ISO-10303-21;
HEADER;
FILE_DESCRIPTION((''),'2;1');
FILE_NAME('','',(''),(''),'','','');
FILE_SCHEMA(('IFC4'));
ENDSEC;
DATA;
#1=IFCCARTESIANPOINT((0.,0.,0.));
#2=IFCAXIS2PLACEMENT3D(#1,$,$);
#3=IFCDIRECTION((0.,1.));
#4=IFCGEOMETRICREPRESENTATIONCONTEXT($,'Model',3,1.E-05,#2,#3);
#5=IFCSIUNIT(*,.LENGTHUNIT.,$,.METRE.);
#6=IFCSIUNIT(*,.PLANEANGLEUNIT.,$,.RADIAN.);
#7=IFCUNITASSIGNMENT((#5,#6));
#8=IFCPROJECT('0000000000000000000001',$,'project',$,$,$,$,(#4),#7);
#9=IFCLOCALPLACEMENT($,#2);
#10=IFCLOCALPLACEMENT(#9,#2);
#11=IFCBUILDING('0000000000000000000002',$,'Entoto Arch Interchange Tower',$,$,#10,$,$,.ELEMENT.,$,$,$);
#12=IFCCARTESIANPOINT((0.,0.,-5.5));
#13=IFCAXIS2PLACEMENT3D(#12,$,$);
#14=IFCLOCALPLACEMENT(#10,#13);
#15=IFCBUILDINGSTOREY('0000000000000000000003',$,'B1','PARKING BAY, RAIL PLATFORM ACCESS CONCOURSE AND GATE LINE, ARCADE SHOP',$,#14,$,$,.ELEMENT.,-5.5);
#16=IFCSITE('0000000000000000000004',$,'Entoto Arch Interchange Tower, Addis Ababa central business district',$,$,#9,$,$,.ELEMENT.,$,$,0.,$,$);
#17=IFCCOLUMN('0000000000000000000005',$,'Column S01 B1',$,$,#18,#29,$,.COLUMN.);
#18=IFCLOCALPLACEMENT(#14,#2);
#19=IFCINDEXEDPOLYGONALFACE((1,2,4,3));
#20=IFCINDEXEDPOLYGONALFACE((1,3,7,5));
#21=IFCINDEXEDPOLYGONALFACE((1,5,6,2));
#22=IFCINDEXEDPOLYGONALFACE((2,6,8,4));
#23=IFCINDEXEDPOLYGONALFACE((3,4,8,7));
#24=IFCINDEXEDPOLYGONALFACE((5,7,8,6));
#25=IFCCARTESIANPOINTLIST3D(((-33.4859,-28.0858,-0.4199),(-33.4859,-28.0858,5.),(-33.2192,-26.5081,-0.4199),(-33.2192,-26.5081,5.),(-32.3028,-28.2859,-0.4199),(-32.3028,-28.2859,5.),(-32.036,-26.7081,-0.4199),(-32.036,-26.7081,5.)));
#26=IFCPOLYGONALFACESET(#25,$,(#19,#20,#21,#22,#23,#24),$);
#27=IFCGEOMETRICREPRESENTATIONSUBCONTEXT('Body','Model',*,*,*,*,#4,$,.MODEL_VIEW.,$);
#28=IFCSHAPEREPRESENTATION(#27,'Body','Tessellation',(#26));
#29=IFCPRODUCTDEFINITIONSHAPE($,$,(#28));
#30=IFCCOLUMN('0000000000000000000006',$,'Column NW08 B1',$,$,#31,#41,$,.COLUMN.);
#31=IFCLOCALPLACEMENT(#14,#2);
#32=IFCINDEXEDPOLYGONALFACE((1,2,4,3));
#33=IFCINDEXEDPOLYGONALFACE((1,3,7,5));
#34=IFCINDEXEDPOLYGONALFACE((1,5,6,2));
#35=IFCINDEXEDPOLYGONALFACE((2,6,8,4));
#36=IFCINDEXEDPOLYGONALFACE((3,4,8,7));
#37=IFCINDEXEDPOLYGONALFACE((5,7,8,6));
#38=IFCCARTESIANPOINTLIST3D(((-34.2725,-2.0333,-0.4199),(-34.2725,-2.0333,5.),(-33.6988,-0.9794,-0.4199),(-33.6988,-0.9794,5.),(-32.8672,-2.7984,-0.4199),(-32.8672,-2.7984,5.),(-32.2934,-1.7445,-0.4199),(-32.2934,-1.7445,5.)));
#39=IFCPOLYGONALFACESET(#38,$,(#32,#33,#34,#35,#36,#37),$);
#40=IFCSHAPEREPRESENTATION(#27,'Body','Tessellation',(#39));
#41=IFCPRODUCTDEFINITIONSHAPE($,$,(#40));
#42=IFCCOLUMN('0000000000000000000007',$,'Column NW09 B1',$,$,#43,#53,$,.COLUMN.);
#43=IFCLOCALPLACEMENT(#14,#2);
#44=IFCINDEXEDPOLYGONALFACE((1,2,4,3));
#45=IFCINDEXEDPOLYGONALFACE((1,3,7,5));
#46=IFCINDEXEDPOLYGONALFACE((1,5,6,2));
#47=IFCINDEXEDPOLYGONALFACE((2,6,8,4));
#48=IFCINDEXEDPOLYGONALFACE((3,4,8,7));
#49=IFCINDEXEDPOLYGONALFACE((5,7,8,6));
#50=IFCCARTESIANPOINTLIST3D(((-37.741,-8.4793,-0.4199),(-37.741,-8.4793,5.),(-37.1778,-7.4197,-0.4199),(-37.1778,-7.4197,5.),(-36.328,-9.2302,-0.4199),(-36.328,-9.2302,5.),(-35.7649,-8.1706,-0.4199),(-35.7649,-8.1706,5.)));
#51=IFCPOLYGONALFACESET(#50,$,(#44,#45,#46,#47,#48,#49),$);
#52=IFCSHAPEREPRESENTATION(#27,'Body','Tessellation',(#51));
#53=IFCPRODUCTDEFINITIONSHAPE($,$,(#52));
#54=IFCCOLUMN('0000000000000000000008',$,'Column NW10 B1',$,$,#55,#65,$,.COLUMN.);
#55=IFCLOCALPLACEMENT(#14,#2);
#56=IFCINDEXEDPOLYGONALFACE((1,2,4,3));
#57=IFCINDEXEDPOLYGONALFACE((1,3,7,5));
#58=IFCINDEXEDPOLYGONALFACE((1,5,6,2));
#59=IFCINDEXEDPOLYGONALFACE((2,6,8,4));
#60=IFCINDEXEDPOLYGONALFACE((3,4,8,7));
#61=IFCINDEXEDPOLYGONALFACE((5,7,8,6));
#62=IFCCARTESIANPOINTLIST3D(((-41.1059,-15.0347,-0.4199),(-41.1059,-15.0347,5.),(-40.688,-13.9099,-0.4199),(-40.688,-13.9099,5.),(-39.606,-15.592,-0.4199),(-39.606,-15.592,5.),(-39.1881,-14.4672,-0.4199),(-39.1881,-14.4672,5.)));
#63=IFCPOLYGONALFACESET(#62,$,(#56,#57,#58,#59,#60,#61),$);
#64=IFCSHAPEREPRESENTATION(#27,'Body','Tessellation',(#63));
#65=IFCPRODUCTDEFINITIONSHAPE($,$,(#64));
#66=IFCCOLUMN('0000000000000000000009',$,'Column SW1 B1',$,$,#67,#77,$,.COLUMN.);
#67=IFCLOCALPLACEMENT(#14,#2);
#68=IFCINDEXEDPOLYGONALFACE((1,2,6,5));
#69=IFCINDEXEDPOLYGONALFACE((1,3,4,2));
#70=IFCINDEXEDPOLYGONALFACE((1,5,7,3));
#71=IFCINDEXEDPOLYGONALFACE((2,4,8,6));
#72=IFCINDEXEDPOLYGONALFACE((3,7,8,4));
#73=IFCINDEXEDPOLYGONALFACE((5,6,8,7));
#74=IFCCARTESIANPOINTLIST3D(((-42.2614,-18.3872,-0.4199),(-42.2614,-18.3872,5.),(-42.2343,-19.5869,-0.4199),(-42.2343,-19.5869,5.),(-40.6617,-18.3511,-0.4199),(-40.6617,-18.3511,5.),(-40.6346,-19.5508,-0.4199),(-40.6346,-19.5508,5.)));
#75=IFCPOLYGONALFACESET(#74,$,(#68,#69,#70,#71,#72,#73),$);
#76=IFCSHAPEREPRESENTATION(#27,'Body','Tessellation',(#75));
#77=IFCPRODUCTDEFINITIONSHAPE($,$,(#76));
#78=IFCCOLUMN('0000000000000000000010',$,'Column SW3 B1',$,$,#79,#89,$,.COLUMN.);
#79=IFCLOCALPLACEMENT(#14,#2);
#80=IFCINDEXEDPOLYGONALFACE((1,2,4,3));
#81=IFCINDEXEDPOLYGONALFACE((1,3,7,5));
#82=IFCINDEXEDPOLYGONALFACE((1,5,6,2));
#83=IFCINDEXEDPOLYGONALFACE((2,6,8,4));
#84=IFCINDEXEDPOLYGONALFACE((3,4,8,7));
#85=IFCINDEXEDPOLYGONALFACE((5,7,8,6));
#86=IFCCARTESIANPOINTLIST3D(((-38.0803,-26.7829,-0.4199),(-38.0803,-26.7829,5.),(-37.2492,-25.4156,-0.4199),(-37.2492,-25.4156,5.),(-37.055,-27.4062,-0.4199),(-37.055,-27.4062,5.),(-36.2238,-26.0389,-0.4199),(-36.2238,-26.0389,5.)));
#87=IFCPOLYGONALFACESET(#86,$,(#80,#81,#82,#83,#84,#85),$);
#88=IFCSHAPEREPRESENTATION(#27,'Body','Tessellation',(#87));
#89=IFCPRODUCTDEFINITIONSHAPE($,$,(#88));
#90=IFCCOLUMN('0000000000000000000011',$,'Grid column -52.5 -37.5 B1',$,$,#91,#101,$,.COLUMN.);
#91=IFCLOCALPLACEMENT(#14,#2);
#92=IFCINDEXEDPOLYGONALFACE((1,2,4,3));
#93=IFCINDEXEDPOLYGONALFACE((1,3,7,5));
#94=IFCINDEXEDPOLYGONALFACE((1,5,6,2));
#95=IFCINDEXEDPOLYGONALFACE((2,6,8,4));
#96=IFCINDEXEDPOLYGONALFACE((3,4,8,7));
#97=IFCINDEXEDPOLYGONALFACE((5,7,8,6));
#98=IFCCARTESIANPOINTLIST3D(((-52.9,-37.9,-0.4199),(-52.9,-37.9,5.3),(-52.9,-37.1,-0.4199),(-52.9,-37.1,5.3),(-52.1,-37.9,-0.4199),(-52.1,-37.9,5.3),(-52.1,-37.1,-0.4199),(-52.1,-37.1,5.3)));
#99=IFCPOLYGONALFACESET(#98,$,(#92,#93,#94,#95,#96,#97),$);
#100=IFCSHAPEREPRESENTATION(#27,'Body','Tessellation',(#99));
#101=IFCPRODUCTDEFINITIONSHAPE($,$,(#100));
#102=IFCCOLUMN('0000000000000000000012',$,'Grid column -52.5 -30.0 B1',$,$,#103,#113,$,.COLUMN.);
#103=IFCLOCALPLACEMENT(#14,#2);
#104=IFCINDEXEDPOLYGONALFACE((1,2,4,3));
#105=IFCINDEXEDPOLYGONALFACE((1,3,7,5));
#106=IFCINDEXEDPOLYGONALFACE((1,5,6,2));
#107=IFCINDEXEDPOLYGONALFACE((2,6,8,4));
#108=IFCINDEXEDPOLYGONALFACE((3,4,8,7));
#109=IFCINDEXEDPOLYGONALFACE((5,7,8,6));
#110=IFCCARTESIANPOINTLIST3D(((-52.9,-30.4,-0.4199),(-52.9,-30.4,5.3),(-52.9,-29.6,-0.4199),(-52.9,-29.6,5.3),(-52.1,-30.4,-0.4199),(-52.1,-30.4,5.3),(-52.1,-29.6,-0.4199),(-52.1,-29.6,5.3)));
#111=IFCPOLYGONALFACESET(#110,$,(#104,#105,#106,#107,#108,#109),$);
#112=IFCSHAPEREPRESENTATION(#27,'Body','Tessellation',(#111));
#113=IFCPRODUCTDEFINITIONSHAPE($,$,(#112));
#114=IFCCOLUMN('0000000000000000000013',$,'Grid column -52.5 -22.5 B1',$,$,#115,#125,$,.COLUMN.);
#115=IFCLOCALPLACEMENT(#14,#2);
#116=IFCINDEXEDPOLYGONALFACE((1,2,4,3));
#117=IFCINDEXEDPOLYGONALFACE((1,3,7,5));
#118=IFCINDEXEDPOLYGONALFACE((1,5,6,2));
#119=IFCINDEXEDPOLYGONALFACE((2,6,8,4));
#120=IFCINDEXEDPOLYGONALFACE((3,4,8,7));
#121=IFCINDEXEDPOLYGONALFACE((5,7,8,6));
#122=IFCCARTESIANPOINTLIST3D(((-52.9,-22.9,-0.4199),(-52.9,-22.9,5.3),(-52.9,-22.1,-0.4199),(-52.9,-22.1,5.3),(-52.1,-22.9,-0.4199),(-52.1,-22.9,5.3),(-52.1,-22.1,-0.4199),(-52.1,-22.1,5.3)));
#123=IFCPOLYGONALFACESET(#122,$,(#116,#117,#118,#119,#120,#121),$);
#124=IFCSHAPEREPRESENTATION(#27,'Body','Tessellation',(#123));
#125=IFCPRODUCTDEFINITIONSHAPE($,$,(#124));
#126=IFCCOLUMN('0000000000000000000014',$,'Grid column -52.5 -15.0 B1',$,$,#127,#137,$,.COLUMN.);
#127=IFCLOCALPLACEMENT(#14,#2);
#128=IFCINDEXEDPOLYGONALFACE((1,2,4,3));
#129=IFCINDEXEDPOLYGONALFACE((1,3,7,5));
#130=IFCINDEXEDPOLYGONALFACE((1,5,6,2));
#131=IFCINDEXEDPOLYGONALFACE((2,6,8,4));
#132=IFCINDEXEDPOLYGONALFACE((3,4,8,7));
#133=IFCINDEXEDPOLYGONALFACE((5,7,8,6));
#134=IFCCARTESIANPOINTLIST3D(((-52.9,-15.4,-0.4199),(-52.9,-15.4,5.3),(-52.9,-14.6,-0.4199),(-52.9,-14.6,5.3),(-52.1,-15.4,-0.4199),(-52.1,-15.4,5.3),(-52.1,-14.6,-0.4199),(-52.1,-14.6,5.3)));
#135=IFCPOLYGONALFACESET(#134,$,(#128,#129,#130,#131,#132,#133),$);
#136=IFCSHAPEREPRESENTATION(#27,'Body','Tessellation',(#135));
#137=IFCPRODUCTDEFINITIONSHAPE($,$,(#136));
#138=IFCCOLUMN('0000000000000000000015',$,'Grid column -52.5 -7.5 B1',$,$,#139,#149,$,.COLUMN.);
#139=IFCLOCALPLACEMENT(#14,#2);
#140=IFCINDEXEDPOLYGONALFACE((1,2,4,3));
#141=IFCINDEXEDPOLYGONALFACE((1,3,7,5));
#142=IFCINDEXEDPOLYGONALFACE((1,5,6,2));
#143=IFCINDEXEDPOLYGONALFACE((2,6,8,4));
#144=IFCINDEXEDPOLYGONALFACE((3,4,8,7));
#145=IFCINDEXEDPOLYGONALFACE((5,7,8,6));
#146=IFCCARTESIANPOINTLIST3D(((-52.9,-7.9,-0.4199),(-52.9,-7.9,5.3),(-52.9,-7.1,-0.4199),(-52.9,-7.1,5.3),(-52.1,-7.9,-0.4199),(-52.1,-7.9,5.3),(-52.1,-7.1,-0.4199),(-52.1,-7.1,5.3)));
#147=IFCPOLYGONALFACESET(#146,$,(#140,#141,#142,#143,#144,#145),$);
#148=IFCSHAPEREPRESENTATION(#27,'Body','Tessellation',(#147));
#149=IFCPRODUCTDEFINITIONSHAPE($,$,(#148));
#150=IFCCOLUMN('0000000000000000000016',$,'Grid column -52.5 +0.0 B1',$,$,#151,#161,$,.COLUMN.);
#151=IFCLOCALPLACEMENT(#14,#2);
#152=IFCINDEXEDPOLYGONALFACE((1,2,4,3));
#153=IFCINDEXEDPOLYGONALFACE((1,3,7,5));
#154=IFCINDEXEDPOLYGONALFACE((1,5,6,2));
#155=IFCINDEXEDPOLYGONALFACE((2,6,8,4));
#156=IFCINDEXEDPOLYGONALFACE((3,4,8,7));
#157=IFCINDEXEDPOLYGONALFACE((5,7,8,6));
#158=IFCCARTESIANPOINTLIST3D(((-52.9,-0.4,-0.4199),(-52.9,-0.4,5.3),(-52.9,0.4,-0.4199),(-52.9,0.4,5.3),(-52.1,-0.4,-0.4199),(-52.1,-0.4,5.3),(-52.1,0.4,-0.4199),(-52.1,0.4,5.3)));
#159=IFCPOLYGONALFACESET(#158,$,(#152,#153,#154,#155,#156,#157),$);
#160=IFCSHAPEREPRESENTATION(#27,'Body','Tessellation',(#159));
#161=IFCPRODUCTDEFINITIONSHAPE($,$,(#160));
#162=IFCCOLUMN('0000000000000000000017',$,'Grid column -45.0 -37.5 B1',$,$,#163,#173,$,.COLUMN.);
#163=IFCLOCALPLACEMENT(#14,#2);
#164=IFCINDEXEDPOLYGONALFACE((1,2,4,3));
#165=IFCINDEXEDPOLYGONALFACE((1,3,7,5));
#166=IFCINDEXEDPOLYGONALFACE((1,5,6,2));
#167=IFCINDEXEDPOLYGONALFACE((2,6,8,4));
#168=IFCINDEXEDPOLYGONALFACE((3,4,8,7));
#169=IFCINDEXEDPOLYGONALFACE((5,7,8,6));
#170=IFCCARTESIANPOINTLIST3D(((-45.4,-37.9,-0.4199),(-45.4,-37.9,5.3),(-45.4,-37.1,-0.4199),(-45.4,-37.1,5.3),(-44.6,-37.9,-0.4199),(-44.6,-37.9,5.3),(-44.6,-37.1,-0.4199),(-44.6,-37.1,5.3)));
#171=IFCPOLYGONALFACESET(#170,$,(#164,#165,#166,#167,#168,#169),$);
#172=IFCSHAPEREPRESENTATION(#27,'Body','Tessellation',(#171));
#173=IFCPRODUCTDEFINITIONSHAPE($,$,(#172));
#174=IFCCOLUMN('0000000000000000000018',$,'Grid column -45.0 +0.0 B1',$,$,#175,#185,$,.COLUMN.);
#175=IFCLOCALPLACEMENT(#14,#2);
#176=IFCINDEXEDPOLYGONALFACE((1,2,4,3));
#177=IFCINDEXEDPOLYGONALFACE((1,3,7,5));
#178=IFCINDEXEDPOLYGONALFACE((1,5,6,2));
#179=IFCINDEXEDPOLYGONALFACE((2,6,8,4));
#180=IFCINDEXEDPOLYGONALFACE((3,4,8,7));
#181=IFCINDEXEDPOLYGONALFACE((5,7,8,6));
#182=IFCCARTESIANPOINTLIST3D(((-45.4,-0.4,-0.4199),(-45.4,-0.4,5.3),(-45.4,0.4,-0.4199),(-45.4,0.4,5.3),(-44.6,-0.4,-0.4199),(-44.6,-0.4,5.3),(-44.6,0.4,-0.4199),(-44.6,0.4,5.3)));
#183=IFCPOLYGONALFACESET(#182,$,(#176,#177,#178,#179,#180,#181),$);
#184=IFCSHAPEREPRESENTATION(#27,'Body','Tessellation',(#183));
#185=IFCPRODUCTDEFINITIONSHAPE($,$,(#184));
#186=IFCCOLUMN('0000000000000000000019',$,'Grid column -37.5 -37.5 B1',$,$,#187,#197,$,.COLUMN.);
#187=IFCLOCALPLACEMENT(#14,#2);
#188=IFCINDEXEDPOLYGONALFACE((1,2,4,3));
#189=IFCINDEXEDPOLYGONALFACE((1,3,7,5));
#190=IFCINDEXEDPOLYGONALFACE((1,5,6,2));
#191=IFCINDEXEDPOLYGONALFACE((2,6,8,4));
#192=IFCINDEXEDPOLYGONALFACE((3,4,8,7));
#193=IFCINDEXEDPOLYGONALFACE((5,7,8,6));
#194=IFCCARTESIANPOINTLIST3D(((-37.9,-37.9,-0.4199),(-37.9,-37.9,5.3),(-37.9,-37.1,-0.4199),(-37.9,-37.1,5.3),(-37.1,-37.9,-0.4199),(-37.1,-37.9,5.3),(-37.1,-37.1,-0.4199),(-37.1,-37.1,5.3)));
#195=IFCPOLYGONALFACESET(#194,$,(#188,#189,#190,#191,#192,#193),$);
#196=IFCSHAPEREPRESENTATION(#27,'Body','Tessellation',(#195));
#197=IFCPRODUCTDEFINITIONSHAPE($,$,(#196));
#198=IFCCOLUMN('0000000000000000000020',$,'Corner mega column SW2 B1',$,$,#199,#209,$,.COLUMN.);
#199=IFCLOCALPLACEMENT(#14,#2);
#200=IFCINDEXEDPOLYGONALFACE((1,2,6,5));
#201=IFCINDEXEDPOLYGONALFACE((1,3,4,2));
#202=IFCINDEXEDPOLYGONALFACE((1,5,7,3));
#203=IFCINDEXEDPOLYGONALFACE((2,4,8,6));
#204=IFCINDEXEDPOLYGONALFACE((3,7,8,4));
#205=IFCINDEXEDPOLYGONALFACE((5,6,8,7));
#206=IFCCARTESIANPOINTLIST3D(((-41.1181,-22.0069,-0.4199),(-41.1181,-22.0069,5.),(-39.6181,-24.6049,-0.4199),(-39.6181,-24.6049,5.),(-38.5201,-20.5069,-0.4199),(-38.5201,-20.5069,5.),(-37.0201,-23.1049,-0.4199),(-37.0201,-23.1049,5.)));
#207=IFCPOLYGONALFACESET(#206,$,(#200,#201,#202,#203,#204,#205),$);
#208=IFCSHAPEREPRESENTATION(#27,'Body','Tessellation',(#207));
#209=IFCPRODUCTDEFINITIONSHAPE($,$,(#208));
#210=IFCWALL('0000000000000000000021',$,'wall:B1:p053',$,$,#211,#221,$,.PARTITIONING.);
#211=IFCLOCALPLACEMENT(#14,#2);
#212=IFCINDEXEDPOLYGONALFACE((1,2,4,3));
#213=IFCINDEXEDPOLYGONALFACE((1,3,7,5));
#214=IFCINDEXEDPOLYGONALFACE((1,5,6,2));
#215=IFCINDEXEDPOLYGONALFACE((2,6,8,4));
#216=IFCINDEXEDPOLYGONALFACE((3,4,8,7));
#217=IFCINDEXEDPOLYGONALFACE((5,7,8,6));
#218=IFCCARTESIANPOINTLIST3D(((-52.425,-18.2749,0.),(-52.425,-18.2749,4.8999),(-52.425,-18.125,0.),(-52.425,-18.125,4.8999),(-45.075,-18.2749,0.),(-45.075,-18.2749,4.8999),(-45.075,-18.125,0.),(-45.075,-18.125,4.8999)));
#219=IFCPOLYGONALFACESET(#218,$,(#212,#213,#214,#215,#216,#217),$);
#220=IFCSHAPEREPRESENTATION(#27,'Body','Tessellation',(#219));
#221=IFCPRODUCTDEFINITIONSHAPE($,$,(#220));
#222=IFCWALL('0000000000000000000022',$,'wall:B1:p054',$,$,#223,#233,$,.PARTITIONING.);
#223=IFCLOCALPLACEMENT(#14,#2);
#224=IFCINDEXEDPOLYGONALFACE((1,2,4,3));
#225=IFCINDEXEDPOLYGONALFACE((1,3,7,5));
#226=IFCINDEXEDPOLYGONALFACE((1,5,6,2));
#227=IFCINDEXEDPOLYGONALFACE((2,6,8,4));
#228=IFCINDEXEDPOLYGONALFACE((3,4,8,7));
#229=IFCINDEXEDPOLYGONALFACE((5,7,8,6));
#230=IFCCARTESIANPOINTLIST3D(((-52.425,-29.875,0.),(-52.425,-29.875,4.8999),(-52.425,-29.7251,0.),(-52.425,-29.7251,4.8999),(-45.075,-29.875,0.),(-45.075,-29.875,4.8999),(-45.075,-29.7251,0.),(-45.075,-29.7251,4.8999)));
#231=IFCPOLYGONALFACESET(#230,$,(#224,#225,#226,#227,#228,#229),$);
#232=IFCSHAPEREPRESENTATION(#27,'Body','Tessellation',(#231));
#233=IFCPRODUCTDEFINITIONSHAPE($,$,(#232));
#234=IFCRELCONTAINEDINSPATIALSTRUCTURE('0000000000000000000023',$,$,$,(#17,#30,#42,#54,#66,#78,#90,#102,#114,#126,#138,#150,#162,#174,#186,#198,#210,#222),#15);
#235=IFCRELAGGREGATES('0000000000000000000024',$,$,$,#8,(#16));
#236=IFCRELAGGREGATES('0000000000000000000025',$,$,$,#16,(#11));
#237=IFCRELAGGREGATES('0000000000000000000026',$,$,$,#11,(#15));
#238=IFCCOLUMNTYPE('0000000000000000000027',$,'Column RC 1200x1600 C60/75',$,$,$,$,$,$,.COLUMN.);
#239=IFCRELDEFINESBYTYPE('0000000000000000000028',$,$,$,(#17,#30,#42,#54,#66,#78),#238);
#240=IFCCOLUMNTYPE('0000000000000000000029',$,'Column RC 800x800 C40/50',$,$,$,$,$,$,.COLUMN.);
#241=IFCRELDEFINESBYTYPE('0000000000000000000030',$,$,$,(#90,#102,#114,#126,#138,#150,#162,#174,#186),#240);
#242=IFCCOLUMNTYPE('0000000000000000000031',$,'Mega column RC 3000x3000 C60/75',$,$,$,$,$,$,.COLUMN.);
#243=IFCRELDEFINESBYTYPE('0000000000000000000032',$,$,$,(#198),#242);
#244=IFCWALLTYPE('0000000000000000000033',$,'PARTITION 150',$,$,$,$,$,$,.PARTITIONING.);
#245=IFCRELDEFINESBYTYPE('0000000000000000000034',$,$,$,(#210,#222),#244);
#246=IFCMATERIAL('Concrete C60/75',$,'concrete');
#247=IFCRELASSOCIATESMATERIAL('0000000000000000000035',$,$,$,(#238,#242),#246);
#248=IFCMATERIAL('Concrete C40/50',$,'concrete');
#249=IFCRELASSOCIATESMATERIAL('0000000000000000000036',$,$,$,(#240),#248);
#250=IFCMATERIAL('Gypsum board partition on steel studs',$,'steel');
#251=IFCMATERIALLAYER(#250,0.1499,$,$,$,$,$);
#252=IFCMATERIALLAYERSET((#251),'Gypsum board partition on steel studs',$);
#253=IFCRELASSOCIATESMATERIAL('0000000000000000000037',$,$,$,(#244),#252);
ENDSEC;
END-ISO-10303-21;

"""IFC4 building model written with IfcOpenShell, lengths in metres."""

from ifc_helpers import new_model, si_unit, direction, frame, frame_2d, origin, origin_2d, place, context, subcontext, project, spatial, rectangle, extrude, material, layer, layer_set, material_profile, profile_set, type_object, element, save


model = new_model("IFC4")

# Units and contexts
model_context = context("Model", 3, precision=1e-05, world=origin(), true_north=direction((0.0, 1.0)))
body_context = subcontext(model_context, "Body", "Model", "MODEL_VIEW")
ifc_project = project(units=[si_unit("LENGTHUNIT", "METRE"), si_unit("PLANEANGLEUNIT", "RADIAN")], contexts=[model_context])

# Site, building, storey
site_placement = place(None, origin())
site = spatial("IfcSite", under=ifc_project, at=site_placement, Name="Entoto Arch Interchange Tower, Addis Ababa central business district", CompositionType="ELEMENT", RefElevation=0.0)
building_placement = place(site_placement, origin())
building = spatial("IfcBuilding", under=site, at=building_placement, Name="Entoto Arch Interchange Tower", CompositionType="ELEMENT")
storey_placement = place(building_placement, frame((0.0, 0.0, -5.5)))
storey = spatial("IfcBuildingStorey", under=building, at=storey_placement, Name="B1", Description="PARKING BAY, RAIL PLATFORM ACCESS CONCOURSE AND GATE LINE, ARCADE SHOP", CompositionType="ELEMENT", Elevation=-5.5)

# Columns
ifc_material_1 = material(Name="Concrete C60/75", Category="concrete")
ifc_material_profile_1 = material_profile(ifc_material_1, rectangle(XDim=1.2, YDim=1.6001, at=origin_2d()))
ifc_profile_set_1 = profile_set([ifc_material_profile_1], Name="Concrete C60/75")
column_type_1 = type_object("IfcColumnType", Name="Column RC 1200x1600 C60/75", PredefinedType="COLUMN", material=ifc_profile_set_1)
for number, where, z_axis, x_axis, name in (
    (1, (-32.761, -27.397, -0.4199), (0.0, 0.0, 1.0), (-0.986005, 0.166717, 0.0), "Column S01 B1"),
    (2, (-33.283, -1.8889, -0.4199), (0.0, 0.0, 1.0), (0.47814, 0.878284, 0.0), "Column NW08 B1"),
    (3, (-36.7529, -8.325, -0.4199), (0.0, 0.0, 1.0), (0.469317, 0.88303, 0.0), "Column NW09 B1"),
    (4, (-40.147, -14.751, -0.4199), (0.0, 0.0, 1.0), (0.348278, 0.937391, 0.0), "Column NW10 B1"),
    (5, (-41.448, -18.969, -0.4199), (0.0, 0.0, 1.0), (-0.022565, 0.999745, 0.0), "Column SW1 B1"),
    (6, (-37.1521, -26.4109, -0.4199), (0.0, 0.0, 1.0), (-0.854522, 0.519415, 0.0), "Column SW3 B1"),
):
    element("IfcColumn", number, at=place(storey_placement, frame(where, z_axis=z_axis, x_axis=x_axis)), inside=storey, type_object=column_type_1, Name=name, PredefinedType="COLUMN", context=body_context, shape_type="SweptSolid", body=[
        extrude(rectangle(XDim=1.2, YDim=1.6001, at=origin_2d()), origin(), (0.0, 0.0, 1.0), 5.4199),
    ])
ifc_material_2 = material(Name="Concrete C40/50", Category="concrete")
ifc_material_profile_2 = material_profile(ifc_material_2, rectangle(XDim=0.8, YDim=0.8, at=origin_2d()))
ifc_profile_set_2 = profile_set([ifc_material_profile_2], Name="Concrete C40/50")
column_type_2 = type_object("IfcColumnType", Name="Column RC 800x800 C40/50", PredefinedType="COLUMN", material=ifc_profile_set_2)
for number, where, z_axis, x_axis, name in (
    (7, (-52.5, -37.5, -0.4199), (0.0, 0.0, 1.0), (1.0, 0.0, 0.0), "Grid column -52.5 -37.5 B1"),
    (8, (-52.5, -30.0, -0.4199), (0.0, 0.0, 1.0), (1.0, 0.0, 0.0), "Grid column -52.5 -30.0 B1"),
    (9, (-52.5, -22.5, -0.4199), (0.0, 0.0, 1.0), (1.0, 0.0, 0.0), "Grid column -52.5 -22.5 B1"),
    (10, (-52.5, -15.0, -0.4199), (0.0, 0.0, 1.0), (1.0, 0.0, 0.0), "Grid column -52.5 -15.0 B1"),
    (11, (-52.5, -7.5, -0.4199), (0.0, 0.0, 1.0), (1.0, 0.0, 0.0), "Grid column -52.5 -7.5 B1"),
    (12, (-52.5, 0.0, -0.4199), (0.0, 0.0, 1.0), (1.0, 0.0, 0.0), "Grid column -52.5 +0.0 B1"),
    (13, (-45.0, -37.5, -0.4199), (0.0, 0.0, 1.0), (1.0, 0.0, 0.0), "Grid column -45.0 -37.5 B1"),
    (14, (-45.0, 0.0, -0.4199), (0.0, 0.0, 1.0), (1.0, 0.0, 0.0), "Grid column -45.0 +0.0 B1"),
    (15, (-37.5, -37.5, -0.4199), (0.0, 0.0, 1.0), (1.0, 0.0, 0.0), "Grid column -37.5 -37.5 B1"),
):
    element("IfcColumn", number, at=place(storey_placement, frame(where, z_axis=z_axis, x_axis=x_axis)), inside=storey, type_object=column_type_2, Name=name, PredefinedType="COLUMN", context=body_context, shape_type="SweptSolid", body=[
        extrude(rectangle(XDim=0.8, YDim=0.8, at=origin_2d()), origin(), (0.0, 0.0, 1.0), 5.72),
    ])
ifc_material_profile_3 = material_profile(ifc_material_1, rectangle(XDim=3.0, YDim=3.0, at=origin_2d()))
ifc_profile_set_3 = profile_set([ifc_material_profile_3], Name="Concrete C60/75")
column_type_3 = type_object("IfcColumnType", Name="Mega column RC 3000x3000 C60/75", PredefinedType="COLUMN", material=ifc_profile_set_3)
column_placement = place(storey_placement, frame((-39.0691, -22.5559, -0.4199), z_axis=(0.0, 0.0, 1.0), x_axis=(0.866025, 0.5, 0.0)))
element("IfcColumn", 16, at=column_placement, inside=storey, type_object=column_type_3, Name="Corner mega column SW2 B1", PredefinedType="COLUMN", context=body_context, shape_type="SweptSolid", body=[
    extrude(rectangle(XDim=3.0, YDim=3.0, at=origin_2d()), origin(), (0.0, 0.0, 1.0), 5.4199),
])

# Walls
ifc_material_3 = material(Name="Gypsum board partition on steel studs", Category="steel")
ifc_layer_1 = layer(ifc_material_3, 0.1499)
ifc_layer_set_1 = layer_set([ifc_layer_1], Name="Gypsum board partition on steel studs")
wall_type_1 = type_object("IfcWallType", Name="PARTITION 150", PredefinedType="PARTITIONING", material=ifc_layer_set_1)
for number, where, z_axis, x_axis, name in (
    (17, (-52.425, -18.2, 0.0), (0.0, 0.0, 1.0), (1.0, 0.0, 0.0), "wall:B1:p053"),
    (18, (-45.075, -29.8, 0.0), (0.0, 0.0, 1.0), (-1.0, 0.0, 0.0), "wall:B1:p054"),
):
    element("IfcWall", number, at=place(storey_placement, frame(where, z_axis=z_axis, x_axis=x_axis)), inside=storey, type_object=wall_type_1, Name=name, PredefinedType="PARTITIONING", context=body_context, shape_type="SweptSolid", body=[
        extrude(rectangle(XDim=7.3501, YDim=0.1499, at=frame_2d((3.675, 0.0))), origin(), (0.0, 0.0, 1.0), 4.8999),
    ])

save(model, "model.ifc")
